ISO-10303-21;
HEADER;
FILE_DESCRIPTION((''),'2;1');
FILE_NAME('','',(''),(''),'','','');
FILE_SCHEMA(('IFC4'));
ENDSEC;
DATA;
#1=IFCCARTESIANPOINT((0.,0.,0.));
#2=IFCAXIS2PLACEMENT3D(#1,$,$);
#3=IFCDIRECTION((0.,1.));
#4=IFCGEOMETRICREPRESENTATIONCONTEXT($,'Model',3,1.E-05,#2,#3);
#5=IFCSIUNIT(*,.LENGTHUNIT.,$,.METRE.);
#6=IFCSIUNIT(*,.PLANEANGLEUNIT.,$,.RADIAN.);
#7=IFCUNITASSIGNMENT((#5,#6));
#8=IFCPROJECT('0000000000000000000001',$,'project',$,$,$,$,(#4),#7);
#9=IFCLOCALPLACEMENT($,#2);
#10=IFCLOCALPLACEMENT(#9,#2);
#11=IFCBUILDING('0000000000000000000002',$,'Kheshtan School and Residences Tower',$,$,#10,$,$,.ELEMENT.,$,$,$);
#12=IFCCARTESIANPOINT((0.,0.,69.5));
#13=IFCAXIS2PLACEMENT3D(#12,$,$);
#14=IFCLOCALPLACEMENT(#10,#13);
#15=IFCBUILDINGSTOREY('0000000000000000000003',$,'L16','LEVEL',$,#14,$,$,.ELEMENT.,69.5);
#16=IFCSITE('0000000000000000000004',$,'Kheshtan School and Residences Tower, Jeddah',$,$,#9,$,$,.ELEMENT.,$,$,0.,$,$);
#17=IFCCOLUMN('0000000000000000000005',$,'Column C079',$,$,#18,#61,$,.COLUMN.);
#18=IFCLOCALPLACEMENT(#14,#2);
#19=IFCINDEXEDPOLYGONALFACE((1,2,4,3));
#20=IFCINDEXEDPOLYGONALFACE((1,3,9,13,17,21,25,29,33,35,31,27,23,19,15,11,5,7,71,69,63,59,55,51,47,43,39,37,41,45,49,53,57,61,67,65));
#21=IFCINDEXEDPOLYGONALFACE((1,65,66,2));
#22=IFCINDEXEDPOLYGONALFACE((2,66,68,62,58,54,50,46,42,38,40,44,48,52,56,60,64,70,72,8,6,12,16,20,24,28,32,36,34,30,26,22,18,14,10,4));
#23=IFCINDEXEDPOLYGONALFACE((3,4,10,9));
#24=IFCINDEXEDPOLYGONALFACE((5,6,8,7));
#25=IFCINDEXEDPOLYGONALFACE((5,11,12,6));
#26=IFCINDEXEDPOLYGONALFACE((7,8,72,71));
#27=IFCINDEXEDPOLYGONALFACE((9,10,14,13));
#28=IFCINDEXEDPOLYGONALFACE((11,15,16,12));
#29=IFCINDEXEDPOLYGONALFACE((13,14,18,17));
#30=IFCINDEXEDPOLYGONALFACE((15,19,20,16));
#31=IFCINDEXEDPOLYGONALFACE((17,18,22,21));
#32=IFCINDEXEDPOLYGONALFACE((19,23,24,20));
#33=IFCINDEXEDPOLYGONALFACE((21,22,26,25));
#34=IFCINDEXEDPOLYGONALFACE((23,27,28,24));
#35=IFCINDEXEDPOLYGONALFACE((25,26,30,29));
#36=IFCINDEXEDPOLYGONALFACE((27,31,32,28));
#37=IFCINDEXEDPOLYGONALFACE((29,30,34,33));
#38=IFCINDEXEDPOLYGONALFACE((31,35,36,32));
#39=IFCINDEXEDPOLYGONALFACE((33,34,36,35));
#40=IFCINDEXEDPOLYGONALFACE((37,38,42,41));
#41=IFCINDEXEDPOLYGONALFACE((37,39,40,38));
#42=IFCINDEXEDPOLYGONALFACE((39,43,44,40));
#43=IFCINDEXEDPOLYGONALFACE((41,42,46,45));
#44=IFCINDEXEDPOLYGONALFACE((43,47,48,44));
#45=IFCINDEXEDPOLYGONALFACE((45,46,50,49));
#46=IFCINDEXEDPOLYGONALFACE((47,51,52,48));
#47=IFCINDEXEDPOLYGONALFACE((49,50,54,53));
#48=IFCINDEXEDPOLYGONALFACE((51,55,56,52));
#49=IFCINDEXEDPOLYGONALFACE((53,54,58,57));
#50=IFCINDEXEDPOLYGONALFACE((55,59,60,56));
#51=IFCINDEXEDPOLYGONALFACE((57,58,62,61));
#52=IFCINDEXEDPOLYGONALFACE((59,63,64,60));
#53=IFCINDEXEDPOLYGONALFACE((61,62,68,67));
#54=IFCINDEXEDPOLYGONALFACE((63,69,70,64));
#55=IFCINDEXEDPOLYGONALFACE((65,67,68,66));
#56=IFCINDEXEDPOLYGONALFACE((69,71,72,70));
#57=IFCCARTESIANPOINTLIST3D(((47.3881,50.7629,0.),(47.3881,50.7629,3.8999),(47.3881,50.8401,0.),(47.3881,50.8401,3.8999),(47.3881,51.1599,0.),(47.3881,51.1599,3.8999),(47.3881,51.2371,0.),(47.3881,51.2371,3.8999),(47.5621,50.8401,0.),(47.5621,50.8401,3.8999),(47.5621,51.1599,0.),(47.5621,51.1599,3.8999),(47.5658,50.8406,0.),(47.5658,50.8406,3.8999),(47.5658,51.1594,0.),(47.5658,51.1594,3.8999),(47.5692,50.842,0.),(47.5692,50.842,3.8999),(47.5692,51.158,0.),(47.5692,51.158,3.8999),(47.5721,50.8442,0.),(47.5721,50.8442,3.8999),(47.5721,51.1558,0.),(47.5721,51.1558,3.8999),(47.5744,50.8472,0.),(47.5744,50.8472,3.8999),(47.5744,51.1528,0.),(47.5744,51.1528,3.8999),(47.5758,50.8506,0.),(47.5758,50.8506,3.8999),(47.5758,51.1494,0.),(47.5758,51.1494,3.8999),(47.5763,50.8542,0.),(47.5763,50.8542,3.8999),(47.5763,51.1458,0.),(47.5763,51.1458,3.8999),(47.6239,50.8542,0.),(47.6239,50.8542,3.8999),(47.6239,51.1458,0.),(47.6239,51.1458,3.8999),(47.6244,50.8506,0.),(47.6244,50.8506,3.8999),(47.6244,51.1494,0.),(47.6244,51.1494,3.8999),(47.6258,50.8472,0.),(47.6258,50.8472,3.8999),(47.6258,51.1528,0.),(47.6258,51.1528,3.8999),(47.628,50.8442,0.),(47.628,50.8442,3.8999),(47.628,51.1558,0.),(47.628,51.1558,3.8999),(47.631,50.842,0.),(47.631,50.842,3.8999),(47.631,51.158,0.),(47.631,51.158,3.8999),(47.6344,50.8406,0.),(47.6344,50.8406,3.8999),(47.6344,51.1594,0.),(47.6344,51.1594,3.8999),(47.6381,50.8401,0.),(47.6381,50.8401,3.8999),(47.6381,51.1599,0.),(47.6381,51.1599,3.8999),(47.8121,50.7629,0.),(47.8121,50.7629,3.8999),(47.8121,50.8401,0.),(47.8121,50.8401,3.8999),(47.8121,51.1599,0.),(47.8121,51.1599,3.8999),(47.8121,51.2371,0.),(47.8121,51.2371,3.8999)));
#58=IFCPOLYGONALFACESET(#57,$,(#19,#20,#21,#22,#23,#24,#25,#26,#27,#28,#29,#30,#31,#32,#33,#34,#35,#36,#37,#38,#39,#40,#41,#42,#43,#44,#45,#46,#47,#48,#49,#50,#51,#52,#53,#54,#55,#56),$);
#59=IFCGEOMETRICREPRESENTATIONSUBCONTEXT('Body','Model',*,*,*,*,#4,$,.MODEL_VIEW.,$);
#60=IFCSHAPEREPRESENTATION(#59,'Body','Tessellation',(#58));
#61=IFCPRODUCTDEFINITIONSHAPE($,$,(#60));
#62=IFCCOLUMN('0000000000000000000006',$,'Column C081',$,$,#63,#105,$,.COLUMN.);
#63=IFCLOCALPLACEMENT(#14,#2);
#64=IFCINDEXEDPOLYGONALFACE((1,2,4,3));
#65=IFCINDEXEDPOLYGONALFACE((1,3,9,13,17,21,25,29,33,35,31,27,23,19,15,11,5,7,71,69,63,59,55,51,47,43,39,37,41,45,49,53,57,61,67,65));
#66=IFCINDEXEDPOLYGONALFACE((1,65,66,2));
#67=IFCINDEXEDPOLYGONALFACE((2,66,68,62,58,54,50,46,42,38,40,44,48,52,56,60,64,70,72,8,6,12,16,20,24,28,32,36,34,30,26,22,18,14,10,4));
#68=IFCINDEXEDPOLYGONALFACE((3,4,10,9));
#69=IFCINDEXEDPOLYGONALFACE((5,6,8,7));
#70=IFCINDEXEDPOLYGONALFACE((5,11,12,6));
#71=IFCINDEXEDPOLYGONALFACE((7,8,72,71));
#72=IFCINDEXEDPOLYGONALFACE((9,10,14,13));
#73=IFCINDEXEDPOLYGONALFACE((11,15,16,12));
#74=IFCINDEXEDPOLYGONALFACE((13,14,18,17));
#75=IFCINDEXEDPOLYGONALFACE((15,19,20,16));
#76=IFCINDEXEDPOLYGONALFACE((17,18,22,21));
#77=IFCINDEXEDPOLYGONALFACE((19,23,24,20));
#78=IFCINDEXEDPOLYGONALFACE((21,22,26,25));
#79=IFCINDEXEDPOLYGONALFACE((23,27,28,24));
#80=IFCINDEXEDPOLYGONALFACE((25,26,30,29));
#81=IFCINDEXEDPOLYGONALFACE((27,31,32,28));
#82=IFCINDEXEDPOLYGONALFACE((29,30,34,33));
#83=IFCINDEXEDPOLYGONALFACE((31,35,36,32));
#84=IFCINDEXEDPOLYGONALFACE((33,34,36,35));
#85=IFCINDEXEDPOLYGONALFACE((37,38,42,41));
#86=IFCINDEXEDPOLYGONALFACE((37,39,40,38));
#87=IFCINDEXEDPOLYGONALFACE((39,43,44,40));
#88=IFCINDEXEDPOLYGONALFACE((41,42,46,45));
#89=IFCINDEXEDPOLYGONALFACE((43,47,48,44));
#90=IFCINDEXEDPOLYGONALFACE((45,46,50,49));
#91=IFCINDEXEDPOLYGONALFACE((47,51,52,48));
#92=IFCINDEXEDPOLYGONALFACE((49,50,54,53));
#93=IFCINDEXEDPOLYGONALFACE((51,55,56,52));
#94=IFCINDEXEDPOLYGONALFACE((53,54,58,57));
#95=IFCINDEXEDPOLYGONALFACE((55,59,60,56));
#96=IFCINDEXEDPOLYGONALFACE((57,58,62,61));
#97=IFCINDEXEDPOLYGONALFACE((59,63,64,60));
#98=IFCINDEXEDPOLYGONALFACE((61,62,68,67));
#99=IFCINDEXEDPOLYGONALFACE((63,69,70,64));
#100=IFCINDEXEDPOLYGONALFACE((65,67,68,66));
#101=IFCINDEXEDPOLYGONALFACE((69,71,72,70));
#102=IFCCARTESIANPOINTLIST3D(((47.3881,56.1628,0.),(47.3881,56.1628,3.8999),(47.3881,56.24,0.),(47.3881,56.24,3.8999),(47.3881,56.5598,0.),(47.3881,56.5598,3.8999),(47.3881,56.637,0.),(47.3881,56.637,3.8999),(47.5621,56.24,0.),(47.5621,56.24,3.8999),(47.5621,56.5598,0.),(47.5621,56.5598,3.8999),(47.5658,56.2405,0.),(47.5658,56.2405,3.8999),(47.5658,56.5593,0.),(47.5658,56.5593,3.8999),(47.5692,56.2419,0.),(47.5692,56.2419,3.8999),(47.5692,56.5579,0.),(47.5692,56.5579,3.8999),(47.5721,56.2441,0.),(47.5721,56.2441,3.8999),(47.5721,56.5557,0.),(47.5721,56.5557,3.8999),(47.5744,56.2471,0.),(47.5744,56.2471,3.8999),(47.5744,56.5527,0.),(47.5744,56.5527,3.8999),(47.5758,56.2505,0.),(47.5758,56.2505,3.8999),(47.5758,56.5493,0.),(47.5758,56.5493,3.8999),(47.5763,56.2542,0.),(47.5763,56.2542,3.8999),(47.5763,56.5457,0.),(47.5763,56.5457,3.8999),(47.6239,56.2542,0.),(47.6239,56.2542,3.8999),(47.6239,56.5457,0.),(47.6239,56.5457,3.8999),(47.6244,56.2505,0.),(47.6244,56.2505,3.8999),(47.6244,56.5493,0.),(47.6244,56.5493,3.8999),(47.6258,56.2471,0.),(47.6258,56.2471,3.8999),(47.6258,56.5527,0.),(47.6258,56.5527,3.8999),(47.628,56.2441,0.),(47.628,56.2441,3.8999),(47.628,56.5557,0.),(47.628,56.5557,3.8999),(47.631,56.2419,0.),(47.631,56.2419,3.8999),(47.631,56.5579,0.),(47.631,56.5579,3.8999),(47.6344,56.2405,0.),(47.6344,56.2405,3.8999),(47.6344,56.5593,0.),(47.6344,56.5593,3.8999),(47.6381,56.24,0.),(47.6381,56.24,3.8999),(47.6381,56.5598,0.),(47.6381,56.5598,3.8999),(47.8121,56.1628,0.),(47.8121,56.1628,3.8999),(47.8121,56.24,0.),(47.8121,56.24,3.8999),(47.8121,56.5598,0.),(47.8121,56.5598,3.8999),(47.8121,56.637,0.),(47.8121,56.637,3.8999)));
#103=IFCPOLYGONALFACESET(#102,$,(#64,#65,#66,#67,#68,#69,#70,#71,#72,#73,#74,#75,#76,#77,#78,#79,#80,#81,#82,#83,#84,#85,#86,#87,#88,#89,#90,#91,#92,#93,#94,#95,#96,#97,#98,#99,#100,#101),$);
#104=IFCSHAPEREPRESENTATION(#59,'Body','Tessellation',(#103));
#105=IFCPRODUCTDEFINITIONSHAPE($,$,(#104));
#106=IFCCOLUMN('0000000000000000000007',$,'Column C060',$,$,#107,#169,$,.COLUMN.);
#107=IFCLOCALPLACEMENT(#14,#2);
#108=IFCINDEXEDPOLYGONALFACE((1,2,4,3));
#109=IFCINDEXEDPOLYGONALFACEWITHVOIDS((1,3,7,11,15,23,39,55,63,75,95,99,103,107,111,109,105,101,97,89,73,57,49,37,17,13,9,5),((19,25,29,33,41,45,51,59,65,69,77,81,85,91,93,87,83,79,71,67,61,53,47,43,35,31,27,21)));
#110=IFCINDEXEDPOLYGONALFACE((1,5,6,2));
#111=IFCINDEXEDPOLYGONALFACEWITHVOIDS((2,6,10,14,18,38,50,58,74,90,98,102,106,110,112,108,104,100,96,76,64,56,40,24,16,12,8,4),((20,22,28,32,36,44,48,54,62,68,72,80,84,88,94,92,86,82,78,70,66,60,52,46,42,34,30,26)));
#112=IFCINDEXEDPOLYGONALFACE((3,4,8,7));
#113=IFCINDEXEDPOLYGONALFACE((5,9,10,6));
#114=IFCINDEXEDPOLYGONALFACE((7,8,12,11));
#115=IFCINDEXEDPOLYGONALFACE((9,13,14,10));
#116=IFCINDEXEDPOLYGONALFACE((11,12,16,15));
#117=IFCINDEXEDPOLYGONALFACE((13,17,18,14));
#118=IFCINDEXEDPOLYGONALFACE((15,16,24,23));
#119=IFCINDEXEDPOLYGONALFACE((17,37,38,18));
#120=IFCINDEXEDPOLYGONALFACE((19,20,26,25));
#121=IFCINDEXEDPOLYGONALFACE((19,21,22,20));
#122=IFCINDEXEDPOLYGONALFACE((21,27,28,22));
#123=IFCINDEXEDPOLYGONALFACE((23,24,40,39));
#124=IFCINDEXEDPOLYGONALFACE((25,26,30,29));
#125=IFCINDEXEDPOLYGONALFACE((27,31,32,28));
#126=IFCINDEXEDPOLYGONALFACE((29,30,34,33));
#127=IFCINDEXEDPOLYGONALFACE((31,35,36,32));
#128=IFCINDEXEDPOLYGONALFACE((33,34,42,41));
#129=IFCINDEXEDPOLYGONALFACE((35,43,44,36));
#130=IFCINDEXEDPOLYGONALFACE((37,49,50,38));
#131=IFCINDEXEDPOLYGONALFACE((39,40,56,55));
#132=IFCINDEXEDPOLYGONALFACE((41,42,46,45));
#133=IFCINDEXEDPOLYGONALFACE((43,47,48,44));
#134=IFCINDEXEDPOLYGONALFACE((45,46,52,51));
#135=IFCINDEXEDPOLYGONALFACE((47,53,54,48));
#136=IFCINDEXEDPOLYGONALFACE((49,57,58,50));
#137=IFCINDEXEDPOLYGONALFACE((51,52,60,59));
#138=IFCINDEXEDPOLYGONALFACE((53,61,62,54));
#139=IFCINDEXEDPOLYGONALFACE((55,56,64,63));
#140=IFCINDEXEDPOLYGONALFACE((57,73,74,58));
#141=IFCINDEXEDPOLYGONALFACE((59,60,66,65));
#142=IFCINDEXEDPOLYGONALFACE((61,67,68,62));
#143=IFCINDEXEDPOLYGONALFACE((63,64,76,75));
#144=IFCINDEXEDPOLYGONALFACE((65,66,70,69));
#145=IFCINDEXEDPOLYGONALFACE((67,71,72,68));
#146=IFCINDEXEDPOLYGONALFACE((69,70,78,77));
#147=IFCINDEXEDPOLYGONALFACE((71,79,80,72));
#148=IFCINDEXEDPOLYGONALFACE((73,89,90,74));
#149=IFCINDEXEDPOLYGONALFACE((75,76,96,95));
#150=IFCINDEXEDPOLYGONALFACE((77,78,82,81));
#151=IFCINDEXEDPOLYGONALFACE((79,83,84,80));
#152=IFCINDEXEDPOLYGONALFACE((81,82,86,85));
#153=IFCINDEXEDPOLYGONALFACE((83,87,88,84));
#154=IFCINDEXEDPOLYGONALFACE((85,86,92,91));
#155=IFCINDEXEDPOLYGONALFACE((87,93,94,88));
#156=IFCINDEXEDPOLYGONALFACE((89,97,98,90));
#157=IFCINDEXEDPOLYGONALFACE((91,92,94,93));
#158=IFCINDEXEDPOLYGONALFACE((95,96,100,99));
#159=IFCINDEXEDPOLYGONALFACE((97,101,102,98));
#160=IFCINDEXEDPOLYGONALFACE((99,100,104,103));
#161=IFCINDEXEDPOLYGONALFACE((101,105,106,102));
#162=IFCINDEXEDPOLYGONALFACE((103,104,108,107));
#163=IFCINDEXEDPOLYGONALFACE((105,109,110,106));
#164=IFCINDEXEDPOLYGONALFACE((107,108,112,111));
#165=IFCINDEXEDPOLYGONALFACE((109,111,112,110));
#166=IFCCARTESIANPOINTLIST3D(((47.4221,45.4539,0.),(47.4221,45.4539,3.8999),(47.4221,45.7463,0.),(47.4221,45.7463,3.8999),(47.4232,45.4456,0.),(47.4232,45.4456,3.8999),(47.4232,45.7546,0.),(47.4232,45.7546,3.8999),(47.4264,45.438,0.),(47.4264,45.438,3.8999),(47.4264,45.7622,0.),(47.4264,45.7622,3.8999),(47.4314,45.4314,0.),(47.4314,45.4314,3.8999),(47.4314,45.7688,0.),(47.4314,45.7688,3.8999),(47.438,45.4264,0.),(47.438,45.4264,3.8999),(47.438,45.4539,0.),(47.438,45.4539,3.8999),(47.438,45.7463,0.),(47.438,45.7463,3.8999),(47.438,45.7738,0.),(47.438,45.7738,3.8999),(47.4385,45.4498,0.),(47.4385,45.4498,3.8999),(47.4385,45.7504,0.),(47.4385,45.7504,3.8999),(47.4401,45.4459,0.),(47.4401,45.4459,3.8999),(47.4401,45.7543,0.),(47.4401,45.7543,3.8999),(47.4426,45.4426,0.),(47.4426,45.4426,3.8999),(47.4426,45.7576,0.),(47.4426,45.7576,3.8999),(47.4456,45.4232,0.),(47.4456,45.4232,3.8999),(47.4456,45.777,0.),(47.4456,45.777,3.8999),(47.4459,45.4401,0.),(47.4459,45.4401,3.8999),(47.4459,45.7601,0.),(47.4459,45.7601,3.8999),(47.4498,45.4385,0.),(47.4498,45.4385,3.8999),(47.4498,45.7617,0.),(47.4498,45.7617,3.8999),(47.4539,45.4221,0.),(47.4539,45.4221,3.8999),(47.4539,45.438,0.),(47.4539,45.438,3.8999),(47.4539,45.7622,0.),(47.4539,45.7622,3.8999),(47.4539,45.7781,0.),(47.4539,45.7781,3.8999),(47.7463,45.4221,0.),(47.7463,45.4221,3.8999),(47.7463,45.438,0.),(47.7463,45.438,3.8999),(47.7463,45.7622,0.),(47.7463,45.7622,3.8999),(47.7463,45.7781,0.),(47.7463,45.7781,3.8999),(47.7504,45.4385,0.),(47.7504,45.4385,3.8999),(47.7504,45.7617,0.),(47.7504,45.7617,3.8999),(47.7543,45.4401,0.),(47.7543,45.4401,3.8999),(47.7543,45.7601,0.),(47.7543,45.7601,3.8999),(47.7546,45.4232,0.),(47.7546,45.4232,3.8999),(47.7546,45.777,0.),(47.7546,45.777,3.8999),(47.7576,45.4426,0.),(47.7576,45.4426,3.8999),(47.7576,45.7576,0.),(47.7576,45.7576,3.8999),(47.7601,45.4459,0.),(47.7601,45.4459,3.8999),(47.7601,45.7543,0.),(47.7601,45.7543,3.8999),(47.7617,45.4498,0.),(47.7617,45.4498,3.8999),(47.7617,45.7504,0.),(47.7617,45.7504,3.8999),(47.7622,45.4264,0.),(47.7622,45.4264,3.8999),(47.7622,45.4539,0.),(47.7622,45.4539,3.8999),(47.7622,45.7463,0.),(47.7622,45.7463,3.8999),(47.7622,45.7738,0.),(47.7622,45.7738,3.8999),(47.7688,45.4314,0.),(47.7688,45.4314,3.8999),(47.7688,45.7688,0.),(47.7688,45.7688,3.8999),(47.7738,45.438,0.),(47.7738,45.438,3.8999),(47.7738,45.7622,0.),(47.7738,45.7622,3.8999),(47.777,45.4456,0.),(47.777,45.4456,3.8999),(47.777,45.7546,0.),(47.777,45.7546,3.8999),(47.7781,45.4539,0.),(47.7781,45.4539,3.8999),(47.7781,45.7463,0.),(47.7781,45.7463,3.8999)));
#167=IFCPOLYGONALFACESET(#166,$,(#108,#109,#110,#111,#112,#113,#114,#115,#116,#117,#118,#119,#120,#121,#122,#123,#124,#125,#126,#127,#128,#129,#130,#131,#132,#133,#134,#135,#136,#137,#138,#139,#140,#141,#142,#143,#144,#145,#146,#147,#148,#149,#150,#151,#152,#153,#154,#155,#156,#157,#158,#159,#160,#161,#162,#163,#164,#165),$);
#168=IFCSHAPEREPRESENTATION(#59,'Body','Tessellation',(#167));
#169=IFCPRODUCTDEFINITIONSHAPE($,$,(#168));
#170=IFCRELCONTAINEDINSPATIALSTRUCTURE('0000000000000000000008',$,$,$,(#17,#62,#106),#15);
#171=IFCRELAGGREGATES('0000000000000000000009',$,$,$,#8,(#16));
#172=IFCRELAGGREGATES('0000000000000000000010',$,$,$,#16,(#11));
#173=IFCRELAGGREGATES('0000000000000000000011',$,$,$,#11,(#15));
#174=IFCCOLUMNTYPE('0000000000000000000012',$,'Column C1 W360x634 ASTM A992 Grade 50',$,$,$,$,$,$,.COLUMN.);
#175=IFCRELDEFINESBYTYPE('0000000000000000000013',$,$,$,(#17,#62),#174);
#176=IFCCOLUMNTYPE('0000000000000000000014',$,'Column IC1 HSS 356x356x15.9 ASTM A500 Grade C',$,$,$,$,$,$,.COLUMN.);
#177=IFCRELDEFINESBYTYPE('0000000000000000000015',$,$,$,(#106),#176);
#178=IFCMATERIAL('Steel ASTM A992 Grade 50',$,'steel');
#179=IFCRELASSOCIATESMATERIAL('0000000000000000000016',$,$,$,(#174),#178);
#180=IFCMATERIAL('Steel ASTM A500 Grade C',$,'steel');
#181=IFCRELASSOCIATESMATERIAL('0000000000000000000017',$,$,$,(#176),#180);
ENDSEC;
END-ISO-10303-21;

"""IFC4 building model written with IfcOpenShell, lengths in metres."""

from ifc_helpers import new_model, si_unit, direction, frame, origin, origin_2d, place, context, subcontext, project, spatial, hollow_rectangle, i_section, extrude, material, material_profile, profile_set, type_object, element, save


model = new_model("IFC4")

# Units and contexts
model_context = context("Model", 3, precision=1e-05, world=origin(), true_north=direction((0.0, 1.0)))
body_context = subcontext(model_context, "Body", "Model", "MODEL_VIEW")
ifc_project = project(units=[si_unit("LENGTHUNIT", "METRE"), si_unit("PLANEANGLEUNIT", "RADIAN")], contexts=[model_context])

# Site, building, storey
site_placement = place(None, origin())
site = spatial("IfcSite", under=ifc_project, at=site_placement, Name="Kheshtan School and Residences Tower, Jeddah", CompositionType="ELEMENT", RefElevation=0.0)
building_placement = place(site_placement, origin())
building = spatial("IfcBuilding", under=site, at=building_placement, Name="Kheshtan School and Residences Tower", CompositionType="ELEMENT")
storey_placement = place(building_placement, frame((0.0, 0.0, 69.5)))
storey = spatial("IfcBuildingStorey", under=building, at=storey_placement, Name="L16", Description="LEVEL", CompositionType="ELEMENT", Elevation=69.5)

# Columns
ifc_material_1 = material(Name="Steel ASTM A992 Grade 50", Category="steel")
ifc_material_profile_1 = material_profile(ifc_material_1, i_section(OverallWidth=0.4241, OverallDepth=0.4741, WebThickness=0.0476, FlangeThickness=0.0771, FilletRadius=0.0142, at=origin_2d()), Name="W360x634")
ifc_profile_set_1 = profile_set([ifc_material_profile_1], Name="Steel ASTM A992 Grade 50")
column_type_1 = type_object("IfcColumnType", Name="Column C1 W360x634 ASTM A992 Grade 50", PredefinedType="COLUMN", material=ifc_profile_set_1)
for number, where, z_axis, x_axis, name in (
    (1, (47.6001, 51.0, 0.0), (0.0, 0.0, 1.0), (1.0, 0.0, 0.0), "Column C079"),
    (2, (47.6001, 56.3999, 0.0), (0.0, 0.0, 1.0), (1.0, 0.0, 0.0), "Column C081"),
):
    element("IfcColumn", number, at=place(storey_placement, frame(where, z_axis=z_axis, x_axis=x_axis)), inside=storey, type_object=column_type_1, Name=name, PredefinedType="COLUMN", context=body_context, shape_type="SweptSolid", body=[
        extrude(i_section(OverallWidth=0.4241, OverallDepth=0.4741, WebThickness=0.0476, FlangeThickness=0.0771, FilletRadius=0.0142, at=origin_2d()), origin(), (0.0, 0.0, 1.0), 3.8999),
    ])
ifc_material_2 = material(Name="Steel ASTM A500 Grade C", Category="steel")
ifc_material_profile_2 = material_profile(ifc_material_2, hollow_rectangle(XDim=0.356, YDim=0.356, WallThickness=0.0159, InnerFilletRadius=0.0159, OuterFilletRadius=0.0317, at=origin_2d()), Name="HSS 356x356x15.9")
ifc_profile_set_2 = profile_set([ifc_material_profile_2], Name="Steel ASTM A500 Grade C")
column_type_2 = type_object("IfcColumnType", Name="Column IC1 HSS 356x356x15.9 ASTM A500 Grade C", PredefinedType="COLUMN", material=ifc_profile_set_2)
column_placement = place(storey_placement, frame((47.6001, 45.6001, 0.0), z_axis=(0.0, 0.0, 1.0), x_axis=(1.0, 0.0, 0.0)))
element("IfcColumn", 3, at=column_placement, inside=storey, type_object=column_type_2, Name="Column C060", PredefinedType="COLUMN", context=body_context, shape_type="SweptSolid", body=[
    extrude(hollow_rectangle(XDim=0.356, YDim=0.356, WallThickness=0.0159, InnerFilletRadius=0.0159, OuterFilletRadius=0.0317, at=origin_2d()), origin(), (0.0, 0.0, 1.0), 3.8999),
])

save(model, "model.ifc")
